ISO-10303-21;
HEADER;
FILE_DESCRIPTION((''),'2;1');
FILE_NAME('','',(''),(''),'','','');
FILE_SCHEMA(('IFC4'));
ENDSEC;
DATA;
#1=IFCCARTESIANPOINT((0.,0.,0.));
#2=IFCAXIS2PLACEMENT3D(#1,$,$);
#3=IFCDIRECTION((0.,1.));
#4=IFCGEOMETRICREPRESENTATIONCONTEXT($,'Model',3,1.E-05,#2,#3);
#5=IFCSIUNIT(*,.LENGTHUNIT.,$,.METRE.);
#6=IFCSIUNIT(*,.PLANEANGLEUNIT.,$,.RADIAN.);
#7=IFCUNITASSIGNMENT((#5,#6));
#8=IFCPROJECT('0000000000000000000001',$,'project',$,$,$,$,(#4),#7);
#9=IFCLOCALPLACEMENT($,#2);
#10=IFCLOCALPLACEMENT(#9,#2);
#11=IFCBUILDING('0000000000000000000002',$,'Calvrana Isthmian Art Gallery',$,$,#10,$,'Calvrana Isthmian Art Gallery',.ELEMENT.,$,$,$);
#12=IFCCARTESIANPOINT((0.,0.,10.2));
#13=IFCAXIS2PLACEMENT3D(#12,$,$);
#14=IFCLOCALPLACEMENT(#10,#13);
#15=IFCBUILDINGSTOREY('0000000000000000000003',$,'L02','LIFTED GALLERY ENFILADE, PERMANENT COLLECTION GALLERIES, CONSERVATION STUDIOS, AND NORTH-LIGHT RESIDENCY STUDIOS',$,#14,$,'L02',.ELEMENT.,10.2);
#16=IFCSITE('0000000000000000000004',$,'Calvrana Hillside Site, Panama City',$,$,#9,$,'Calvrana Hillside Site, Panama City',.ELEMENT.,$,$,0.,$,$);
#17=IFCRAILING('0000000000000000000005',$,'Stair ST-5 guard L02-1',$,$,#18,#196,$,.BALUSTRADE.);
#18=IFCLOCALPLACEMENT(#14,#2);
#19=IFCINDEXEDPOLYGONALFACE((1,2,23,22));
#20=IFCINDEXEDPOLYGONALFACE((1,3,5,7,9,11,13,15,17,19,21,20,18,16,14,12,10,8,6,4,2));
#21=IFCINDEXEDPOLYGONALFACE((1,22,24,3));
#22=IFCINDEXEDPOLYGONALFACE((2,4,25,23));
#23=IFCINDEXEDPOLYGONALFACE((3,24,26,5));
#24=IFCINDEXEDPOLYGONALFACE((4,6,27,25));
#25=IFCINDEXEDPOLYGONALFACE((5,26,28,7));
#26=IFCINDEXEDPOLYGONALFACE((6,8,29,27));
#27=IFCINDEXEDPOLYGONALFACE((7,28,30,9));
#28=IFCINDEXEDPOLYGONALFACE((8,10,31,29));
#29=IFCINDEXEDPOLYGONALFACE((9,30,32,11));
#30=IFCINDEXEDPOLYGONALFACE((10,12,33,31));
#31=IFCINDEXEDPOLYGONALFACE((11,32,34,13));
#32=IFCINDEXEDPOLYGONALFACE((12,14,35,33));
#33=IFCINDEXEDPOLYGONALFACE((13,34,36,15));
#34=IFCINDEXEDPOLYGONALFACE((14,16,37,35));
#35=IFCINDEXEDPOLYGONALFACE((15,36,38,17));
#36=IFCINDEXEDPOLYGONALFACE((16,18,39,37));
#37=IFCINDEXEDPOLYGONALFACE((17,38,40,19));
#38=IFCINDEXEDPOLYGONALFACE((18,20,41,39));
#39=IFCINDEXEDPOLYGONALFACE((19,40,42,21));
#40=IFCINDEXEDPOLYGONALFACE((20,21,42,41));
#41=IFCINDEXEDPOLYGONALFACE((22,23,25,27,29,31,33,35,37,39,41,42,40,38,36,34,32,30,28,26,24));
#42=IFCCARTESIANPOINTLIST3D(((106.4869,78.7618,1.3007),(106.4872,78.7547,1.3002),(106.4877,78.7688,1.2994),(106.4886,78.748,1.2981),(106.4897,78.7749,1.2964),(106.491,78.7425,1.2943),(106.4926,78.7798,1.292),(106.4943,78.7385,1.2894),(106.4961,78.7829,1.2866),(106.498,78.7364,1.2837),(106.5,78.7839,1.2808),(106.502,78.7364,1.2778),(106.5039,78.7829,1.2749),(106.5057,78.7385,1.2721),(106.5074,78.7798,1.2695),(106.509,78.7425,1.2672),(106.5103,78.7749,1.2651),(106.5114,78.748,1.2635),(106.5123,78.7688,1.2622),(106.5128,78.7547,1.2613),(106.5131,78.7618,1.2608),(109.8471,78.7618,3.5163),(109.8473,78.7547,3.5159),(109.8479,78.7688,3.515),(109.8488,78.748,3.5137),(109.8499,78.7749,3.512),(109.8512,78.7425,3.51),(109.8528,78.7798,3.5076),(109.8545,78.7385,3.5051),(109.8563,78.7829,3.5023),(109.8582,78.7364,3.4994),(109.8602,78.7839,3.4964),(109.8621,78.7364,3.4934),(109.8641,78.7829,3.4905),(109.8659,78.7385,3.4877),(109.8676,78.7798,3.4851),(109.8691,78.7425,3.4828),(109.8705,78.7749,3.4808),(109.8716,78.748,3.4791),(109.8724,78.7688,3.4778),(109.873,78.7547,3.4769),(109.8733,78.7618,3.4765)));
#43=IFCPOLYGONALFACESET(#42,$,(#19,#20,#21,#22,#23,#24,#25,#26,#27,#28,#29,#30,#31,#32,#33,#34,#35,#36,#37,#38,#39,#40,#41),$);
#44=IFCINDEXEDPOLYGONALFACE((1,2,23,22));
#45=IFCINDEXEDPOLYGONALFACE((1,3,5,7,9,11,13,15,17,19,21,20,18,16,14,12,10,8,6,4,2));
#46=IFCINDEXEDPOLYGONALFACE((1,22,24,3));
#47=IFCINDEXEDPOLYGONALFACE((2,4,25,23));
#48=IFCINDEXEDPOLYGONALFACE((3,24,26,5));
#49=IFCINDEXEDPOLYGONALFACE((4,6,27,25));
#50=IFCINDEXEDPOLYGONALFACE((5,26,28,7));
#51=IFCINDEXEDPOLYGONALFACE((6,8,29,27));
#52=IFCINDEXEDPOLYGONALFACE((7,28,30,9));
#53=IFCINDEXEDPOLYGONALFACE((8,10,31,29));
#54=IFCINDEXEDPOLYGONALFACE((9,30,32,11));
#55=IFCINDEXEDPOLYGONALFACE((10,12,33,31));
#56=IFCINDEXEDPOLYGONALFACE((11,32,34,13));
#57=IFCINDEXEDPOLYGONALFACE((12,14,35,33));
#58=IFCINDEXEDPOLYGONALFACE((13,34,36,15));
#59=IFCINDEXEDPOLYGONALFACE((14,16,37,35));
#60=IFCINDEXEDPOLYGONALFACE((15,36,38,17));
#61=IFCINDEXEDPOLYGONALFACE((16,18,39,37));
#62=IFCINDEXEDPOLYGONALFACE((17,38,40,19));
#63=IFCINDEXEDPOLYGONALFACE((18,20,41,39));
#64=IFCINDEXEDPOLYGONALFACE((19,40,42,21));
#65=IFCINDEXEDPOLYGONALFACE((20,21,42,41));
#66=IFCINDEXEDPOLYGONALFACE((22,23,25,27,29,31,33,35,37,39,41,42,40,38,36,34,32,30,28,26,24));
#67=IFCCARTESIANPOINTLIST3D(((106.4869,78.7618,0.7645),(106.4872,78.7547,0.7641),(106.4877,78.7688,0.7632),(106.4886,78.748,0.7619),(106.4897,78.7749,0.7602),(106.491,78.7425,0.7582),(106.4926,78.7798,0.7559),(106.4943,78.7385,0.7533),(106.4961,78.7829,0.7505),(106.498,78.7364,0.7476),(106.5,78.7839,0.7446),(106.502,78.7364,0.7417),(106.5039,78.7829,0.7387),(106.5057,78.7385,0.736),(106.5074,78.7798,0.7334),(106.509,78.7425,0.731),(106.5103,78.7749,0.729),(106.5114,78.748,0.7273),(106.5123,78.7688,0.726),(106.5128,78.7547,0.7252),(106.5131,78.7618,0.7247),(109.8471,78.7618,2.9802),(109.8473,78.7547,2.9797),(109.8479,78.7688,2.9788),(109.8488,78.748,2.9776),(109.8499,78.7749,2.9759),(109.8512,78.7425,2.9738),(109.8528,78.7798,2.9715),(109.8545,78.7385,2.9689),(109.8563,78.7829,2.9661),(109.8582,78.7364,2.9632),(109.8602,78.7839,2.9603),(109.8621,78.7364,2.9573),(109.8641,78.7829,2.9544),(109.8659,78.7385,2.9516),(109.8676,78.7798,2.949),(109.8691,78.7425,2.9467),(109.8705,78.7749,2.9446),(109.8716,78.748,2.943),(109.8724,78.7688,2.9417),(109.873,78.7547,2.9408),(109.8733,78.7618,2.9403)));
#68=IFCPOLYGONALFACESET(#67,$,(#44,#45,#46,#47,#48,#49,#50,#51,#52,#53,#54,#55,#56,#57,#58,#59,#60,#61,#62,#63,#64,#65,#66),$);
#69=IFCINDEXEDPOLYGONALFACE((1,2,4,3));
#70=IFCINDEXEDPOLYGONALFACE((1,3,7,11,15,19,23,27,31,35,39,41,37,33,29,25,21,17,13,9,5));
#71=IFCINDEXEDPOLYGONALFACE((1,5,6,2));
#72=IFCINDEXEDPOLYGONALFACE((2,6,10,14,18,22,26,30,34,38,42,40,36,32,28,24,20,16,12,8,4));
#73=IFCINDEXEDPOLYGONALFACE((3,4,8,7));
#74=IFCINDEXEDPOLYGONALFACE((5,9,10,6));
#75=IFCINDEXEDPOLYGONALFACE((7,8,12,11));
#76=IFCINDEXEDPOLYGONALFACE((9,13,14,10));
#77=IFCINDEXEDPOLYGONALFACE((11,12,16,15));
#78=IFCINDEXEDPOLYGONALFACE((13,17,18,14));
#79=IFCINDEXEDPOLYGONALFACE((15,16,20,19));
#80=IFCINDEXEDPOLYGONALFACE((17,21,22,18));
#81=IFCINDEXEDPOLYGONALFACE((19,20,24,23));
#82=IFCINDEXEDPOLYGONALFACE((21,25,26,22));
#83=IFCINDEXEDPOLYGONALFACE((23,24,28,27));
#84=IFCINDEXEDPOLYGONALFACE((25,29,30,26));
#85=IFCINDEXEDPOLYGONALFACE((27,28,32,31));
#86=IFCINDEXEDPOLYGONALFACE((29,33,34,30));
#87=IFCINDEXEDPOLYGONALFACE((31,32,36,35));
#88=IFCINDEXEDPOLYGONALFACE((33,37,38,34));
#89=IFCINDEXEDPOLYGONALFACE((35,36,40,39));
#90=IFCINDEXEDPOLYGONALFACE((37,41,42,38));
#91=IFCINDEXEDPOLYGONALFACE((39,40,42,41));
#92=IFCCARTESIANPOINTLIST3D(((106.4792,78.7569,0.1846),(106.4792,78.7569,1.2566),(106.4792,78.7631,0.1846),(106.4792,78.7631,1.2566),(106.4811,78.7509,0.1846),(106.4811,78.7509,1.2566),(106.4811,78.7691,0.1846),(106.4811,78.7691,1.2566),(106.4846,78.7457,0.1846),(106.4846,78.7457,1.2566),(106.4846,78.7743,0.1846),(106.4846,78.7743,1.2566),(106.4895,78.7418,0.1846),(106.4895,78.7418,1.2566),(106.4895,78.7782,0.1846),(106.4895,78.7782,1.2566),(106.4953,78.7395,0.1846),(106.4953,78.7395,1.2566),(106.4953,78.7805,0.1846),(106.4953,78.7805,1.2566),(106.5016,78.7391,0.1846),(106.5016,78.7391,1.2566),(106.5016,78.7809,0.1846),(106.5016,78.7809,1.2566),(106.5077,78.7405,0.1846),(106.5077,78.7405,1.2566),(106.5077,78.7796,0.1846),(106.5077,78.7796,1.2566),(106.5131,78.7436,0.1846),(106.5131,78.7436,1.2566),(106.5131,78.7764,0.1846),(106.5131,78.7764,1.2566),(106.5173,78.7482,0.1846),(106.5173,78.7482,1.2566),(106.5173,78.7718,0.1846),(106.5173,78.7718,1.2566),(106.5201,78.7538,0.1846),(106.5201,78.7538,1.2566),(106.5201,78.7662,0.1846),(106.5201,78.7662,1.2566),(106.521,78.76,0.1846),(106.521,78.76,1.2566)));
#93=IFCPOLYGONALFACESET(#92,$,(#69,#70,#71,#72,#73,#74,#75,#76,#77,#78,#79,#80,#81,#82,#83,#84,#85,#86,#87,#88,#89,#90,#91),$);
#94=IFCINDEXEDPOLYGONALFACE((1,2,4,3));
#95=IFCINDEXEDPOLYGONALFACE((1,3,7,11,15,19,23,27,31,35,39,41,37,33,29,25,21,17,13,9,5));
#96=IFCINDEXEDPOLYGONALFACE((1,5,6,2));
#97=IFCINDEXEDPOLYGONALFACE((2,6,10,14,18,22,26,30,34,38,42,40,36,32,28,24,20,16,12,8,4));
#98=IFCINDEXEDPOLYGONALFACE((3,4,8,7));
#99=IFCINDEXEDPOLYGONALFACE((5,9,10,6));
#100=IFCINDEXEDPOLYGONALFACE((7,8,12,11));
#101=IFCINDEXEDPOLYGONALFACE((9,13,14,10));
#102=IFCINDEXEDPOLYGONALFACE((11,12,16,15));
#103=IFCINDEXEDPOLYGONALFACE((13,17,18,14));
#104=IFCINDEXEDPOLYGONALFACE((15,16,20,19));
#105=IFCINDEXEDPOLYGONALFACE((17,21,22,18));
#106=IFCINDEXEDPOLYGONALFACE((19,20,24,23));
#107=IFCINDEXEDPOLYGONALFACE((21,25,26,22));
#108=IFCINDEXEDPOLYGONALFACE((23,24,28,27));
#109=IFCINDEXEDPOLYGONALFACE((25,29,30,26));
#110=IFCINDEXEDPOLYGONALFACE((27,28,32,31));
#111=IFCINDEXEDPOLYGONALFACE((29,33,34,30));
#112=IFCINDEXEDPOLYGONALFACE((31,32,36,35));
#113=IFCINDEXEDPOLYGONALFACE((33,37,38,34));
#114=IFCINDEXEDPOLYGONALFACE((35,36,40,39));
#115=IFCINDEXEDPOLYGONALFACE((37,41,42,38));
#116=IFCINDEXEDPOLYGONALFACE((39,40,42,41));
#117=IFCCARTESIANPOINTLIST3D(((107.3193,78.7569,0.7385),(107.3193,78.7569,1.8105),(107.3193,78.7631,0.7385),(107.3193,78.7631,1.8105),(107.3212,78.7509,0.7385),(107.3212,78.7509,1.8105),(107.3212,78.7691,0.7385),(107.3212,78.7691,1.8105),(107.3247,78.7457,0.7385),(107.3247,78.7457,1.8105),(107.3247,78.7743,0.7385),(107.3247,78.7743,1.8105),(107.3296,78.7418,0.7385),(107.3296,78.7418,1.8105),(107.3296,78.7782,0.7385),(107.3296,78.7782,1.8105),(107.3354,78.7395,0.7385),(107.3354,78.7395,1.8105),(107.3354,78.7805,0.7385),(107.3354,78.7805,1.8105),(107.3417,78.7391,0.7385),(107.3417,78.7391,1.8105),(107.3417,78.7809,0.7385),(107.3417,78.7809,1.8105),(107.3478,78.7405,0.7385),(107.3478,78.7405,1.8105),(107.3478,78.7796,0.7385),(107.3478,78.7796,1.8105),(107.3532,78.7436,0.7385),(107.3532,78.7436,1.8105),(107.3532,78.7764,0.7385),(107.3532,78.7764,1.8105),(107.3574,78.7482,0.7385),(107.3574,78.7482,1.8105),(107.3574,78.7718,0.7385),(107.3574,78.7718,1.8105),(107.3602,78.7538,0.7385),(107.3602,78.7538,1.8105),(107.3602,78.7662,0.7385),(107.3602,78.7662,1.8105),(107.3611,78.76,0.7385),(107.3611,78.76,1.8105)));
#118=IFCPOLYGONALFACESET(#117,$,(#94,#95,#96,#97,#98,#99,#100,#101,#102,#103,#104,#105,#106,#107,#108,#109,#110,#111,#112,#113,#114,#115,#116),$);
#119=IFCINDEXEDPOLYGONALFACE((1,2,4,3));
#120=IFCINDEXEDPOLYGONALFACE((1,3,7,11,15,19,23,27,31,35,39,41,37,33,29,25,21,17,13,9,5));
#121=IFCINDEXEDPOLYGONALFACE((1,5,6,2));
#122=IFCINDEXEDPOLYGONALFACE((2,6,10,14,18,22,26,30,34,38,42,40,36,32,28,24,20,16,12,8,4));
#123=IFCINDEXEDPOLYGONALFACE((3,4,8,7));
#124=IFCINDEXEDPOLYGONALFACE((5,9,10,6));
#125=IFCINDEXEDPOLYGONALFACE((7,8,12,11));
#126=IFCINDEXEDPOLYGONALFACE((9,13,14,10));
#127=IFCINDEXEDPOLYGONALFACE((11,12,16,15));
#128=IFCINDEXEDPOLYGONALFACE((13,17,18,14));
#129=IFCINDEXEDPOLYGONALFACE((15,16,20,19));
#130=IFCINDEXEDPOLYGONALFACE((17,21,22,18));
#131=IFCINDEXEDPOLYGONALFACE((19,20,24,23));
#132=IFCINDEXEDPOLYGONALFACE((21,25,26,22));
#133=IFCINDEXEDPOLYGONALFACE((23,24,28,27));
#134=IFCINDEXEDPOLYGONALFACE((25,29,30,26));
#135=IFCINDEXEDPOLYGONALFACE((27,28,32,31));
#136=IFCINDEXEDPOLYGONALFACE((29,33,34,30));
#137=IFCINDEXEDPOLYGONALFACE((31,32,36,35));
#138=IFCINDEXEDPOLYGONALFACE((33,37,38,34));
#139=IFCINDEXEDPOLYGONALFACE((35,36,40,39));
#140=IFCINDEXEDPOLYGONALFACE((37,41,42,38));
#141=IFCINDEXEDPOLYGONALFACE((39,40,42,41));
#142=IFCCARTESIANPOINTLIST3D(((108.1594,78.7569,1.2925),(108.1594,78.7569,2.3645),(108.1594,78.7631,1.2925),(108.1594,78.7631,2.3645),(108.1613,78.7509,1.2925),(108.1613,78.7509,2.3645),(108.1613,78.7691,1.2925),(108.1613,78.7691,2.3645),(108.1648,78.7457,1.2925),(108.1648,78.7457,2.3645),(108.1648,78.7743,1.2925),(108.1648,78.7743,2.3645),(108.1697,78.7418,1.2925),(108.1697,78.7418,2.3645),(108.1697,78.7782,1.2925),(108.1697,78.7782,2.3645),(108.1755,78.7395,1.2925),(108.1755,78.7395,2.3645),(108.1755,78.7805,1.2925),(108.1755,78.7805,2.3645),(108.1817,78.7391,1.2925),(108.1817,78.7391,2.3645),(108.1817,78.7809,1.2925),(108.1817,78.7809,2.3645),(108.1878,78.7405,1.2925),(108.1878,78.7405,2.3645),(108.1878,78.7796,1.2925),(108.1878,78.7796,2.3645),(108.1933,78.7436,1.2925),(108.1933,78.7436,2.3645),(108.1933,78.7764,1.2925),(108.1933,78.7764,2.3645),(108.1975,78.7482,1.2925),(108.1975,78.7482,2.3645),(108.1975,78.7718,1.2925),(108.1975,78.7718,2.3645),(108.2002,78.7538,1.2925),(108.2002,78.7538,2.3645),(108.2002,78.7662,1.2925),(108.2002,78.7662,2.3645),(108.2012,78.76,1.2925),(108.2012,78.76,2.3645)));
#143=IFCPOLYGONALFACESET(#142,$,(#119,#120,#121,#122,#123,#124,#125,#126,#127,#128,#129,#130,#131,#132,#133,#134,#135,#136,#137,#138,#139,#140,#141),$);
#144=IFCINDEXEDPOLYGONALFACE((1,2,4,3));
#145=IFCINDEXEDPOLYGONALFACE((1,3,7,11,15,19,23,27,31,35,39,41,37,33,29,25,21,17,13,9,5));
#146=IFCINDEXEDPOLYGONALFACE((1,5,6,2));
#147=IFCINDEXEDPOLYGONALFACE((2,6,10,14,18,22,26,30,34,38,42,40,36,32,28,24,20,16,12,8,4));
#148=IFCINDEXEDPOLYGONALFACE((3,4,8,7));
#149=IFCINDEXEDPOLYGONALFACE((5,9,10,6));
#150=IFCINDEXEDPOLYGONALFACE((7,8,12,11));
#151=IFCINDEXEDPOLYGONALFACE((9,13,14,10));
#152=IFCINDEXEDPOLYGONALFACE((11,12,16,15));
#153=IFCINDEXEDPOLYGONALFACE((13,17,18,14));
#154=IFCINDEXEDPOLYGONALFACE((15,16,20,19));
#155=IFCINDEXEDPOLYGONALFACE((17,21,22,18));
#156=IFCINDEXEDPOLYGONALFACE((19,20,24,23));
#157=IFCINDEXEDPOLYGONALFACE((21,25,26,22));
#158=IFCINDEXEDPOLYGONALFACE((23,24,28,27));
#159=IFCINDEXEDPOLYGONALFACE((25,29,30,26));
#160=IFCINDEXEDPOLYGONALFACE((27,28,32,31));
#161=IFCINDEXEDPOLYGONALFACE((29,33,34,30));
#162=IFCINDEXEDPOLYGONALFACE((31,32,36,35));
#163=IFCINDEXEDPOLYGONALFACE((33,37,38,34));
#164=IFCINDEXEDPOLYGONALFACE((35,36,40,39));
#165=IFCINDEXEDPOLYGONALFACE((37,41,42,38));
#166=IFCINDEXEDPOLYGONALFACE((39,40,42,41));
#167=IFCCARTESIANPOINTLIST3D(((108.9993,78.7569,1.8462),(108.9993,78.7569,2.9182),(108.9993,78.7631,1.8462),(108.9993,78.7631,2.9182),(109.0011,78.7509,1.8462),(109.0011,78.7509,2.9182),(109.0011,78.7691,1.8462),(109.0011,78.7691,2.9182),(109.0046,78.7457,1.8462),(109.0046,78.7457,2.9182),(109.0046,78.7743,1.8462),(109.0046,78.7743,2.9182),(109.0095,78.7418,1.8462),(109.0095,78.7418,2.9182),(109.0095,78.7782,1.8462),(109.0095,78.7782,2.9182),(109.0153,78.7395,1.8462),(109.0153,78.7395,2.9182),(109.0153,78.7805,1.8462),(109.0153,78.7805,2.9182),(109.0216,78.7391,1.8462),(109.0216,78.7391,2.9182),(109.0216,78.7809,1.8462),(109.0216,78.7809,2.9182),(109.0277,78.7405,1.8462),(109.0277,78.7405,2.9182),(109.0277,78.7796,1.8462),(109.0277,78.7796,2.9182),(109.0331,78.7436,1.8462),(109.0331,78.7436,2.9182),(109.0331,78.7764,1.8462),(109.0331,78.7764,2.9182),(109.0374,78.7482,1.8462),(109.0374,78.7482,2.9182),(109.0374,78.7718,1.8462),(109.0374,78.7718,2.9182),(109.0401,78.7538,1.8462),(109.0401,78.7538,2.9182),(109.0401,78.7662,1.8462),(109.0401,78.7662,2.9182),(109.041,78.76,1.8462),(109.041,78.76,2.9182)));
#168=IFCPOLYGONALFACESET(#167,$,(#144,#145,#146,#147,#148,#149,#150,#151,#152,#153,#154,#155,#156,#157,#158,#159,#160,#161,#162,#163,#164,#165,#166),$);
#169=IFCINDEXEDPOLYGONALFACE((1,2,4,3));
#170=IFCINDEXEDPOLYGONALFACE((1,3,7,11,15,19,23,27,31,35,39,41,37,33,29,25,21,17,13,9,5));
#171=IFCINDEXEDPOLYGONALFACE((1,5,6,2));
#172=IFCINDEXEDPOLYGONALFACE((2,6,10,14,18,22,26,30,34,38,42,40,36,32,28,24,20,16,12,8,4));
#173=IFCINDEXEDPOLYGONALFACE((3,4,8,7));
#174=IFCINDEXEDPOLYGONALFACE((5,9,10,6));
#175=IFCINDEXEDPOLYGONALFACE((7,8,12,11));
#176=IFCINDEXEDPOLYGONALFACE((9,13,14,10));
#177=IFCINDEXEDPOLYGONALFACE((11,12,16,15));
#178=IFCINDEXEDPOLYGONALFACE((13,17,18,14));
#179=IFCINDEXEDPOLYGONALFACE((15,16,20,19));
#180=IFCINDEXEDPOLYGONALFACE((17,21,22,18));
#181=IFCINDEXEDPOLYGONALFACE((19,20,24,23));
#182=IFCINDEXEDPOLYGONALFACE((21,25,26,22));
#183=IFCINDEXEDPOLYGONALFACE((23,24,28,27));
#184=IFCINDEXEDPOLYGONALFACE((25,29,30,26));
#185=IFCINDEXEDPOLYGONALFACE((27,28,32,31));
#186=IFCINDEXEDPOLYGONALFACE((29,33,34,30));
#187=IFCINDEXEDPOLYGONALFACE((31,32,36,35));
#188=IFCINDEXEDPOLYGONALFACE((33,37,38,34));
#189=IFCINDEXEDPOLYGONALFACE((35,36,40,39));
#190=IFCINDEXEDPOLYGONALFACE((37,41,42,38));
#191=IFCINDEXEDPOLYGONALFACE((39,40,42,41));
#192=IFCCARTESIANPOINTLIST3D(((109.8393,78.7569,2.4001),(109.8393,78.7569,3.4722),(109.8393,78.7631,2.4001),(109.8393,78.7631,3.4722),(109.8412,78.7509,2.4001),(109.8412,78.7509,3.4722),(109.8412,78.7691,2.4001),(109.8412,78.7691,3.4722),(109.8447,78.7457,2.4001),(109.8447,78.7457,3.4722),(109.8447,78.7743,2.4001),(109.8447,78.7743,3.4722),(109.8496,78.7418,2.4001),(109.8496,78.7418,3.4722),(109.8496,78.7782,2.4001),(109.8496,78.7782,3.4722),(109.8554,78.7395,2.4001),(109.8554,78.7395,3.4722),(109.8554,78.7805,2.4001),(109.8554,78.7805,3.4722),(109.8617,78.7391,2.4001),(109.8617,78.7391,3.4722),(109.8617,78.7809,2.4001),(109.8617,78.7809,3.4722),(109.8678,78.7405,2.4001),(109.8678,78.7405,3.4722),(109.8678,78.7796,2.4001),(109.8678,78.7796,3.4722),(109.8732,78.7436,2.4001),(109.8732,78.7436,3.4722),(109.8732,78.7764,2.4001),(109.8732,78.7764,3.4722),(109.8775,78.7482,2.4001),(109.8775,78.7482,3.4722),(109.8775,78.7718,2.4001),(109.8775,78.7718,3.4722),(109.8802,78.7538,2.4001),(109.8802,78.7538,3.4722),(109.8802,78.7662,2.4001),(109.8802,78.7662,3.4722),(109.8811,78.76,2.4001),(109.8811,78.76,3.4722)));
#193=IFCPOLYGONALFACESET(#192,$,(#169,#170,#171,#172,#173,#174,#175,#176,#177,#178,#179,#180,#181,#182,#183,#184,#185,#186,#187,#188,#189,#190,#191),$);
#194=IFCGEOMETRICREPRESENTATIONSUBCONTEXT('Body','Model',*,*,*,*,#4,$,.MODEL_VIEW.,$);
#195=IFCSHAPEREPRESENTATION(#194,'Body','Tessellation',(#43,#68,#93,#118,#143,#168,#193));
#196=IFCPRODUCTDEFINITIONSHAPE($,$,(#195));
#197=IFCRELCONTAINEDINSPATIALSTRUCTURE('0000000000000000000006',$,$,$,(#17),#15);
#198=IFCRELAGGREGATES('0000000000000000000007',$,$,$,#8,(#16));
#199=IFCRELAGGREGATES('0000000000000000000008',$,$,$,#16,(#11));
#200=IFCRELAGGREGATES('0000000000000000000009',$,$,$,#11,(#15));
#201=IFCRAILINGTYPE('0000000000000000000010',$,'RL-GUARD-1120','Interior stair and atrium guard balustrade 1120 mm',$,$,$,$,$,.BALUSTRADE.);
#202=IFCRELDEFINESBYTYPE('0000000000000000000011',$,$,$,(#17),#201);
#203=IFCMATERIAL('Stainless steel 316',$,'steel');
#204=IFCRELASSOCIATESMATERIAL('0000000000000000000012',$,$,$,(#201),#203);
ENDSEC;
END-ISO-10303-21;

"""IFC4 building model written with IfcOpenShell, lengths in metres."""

from ifc_helpers import new_model, si_unit, direction, frame, origin, origin_2d, place, context, subcontext, project, spatial, circle, extrude, material, type_object, element, save


model = new_model("IFC4")

# Units and contexts
model_context = context("Model", 3, precision=1e-05, world=origin(), true_north=direction((0.0, 1.0)))
body_context = subcontext(model_context, "Body", "Model", "MODEL_VIEW")
ifc_project = project(units=[si_unit("LENGTHUNIT", "METRE"), si_unit("PLANEANGLEUNIT", "RADIAN")], contexts=[model_context])

# Site, building, storey
site_placement = place(None, origin())
site = spatial("IfcSite", under=ifc_project, at=site_placement, Name="Calvrana Hillside Site, Panama City", LongName="Calvrana Hillside Site, Panama City", CompositionType="ELEMENT", RefElevation=0.0)
building_placement = place(site_placement, origin())
building = spatial("IfcBuilding", under=site, at=building_placement, Name="Calvrana Isthmian Art Gallery", LongName="Calvrana Isthmian Art Gallery", CompositionType="ELEMENT")
storey_placement = place(building_placement, frame((0.0, 0.0, 10.2)))
storey = spatial("IfcBuildingStorey", under=building, at=storey_placement, Name="L02", Description="LIFTED GALLERY ENFILADE, PERMANENT COLLECTION GALLERIES, CONSERVATION STUDIOS, AND NORTH-LIGHT RESIDENCY STUDIOS", LongName="L02", CompositionType="ELEMENT", Elevation=10.2)

# Railing
ifc_material_1 = material(Name="Stainless steel 316", Category="steel")
railing_type_1 = type_object("IfcRailingType", Name="RL-GUARD-1120", Description="Interior stair and atrium guard balustrade 1120 mm", PredefinedType="BALUSTRADE", material=ifc_material_1)
railing_1_placement = place(storey_placement, frame((106.5, 78.76, 0.1846)))
element("IfcRailing", 1, at=railing_1_placement, inside=storey, type_object=railing_type_1, Name="Stair ST-5 guard L02-1", PredefinedType="BALUSTRADE", context=body_context, shape_type="SweptSolid", body=[
    extrude(circle(Radius=0.0239, at=origin_2d()), frame((0.0, 0.0, 1.0962), z_axis=(0.834849, 0.0, 0.55048), x_axis=(0.0, 1.0, 0.0)), (0.0, 0.0, 1.0), 4.0249),
    extrude(circle(Radius=0.0239, at=origin_2d()), frame((0.0, 0.0, 0.5601), z_axis=(0.834849, 0.0, 0.55048), x_axis=(0.0, 1.0, 0.0)), (0.0, 0.0, 1.0), 4.0249),
    extrude(circle(Radius=0.021, at=origin_2d()), origin(), (0.0, 0.0, 1.0), 1.072),
    extrude(circle(Radius=0.021, at=origin_2d()), frame((0.8401, 0.0, 0.554)), (0.0, 0.0, 1.0), 1.072),
    extrude(circle(Radius=0.021, at=origin_2d()), frame((1.6802, 0.0, 1.1079)), (0.0, 0.0, 1.0), 1.072),
    extrude(circle(Radius=0.021, at=origin_2d()), frame((2.52, 0.0, 1.6616)), (0.0, 0.0, 1.0), 1.072),
    extrude(circle(Radius=0.021, at=origin_2d()), frame((3.3601, 0.0, 2.2156)), (0.0, 0.0, 1.0), 1.072),
])

save(model, "model.ifc")
